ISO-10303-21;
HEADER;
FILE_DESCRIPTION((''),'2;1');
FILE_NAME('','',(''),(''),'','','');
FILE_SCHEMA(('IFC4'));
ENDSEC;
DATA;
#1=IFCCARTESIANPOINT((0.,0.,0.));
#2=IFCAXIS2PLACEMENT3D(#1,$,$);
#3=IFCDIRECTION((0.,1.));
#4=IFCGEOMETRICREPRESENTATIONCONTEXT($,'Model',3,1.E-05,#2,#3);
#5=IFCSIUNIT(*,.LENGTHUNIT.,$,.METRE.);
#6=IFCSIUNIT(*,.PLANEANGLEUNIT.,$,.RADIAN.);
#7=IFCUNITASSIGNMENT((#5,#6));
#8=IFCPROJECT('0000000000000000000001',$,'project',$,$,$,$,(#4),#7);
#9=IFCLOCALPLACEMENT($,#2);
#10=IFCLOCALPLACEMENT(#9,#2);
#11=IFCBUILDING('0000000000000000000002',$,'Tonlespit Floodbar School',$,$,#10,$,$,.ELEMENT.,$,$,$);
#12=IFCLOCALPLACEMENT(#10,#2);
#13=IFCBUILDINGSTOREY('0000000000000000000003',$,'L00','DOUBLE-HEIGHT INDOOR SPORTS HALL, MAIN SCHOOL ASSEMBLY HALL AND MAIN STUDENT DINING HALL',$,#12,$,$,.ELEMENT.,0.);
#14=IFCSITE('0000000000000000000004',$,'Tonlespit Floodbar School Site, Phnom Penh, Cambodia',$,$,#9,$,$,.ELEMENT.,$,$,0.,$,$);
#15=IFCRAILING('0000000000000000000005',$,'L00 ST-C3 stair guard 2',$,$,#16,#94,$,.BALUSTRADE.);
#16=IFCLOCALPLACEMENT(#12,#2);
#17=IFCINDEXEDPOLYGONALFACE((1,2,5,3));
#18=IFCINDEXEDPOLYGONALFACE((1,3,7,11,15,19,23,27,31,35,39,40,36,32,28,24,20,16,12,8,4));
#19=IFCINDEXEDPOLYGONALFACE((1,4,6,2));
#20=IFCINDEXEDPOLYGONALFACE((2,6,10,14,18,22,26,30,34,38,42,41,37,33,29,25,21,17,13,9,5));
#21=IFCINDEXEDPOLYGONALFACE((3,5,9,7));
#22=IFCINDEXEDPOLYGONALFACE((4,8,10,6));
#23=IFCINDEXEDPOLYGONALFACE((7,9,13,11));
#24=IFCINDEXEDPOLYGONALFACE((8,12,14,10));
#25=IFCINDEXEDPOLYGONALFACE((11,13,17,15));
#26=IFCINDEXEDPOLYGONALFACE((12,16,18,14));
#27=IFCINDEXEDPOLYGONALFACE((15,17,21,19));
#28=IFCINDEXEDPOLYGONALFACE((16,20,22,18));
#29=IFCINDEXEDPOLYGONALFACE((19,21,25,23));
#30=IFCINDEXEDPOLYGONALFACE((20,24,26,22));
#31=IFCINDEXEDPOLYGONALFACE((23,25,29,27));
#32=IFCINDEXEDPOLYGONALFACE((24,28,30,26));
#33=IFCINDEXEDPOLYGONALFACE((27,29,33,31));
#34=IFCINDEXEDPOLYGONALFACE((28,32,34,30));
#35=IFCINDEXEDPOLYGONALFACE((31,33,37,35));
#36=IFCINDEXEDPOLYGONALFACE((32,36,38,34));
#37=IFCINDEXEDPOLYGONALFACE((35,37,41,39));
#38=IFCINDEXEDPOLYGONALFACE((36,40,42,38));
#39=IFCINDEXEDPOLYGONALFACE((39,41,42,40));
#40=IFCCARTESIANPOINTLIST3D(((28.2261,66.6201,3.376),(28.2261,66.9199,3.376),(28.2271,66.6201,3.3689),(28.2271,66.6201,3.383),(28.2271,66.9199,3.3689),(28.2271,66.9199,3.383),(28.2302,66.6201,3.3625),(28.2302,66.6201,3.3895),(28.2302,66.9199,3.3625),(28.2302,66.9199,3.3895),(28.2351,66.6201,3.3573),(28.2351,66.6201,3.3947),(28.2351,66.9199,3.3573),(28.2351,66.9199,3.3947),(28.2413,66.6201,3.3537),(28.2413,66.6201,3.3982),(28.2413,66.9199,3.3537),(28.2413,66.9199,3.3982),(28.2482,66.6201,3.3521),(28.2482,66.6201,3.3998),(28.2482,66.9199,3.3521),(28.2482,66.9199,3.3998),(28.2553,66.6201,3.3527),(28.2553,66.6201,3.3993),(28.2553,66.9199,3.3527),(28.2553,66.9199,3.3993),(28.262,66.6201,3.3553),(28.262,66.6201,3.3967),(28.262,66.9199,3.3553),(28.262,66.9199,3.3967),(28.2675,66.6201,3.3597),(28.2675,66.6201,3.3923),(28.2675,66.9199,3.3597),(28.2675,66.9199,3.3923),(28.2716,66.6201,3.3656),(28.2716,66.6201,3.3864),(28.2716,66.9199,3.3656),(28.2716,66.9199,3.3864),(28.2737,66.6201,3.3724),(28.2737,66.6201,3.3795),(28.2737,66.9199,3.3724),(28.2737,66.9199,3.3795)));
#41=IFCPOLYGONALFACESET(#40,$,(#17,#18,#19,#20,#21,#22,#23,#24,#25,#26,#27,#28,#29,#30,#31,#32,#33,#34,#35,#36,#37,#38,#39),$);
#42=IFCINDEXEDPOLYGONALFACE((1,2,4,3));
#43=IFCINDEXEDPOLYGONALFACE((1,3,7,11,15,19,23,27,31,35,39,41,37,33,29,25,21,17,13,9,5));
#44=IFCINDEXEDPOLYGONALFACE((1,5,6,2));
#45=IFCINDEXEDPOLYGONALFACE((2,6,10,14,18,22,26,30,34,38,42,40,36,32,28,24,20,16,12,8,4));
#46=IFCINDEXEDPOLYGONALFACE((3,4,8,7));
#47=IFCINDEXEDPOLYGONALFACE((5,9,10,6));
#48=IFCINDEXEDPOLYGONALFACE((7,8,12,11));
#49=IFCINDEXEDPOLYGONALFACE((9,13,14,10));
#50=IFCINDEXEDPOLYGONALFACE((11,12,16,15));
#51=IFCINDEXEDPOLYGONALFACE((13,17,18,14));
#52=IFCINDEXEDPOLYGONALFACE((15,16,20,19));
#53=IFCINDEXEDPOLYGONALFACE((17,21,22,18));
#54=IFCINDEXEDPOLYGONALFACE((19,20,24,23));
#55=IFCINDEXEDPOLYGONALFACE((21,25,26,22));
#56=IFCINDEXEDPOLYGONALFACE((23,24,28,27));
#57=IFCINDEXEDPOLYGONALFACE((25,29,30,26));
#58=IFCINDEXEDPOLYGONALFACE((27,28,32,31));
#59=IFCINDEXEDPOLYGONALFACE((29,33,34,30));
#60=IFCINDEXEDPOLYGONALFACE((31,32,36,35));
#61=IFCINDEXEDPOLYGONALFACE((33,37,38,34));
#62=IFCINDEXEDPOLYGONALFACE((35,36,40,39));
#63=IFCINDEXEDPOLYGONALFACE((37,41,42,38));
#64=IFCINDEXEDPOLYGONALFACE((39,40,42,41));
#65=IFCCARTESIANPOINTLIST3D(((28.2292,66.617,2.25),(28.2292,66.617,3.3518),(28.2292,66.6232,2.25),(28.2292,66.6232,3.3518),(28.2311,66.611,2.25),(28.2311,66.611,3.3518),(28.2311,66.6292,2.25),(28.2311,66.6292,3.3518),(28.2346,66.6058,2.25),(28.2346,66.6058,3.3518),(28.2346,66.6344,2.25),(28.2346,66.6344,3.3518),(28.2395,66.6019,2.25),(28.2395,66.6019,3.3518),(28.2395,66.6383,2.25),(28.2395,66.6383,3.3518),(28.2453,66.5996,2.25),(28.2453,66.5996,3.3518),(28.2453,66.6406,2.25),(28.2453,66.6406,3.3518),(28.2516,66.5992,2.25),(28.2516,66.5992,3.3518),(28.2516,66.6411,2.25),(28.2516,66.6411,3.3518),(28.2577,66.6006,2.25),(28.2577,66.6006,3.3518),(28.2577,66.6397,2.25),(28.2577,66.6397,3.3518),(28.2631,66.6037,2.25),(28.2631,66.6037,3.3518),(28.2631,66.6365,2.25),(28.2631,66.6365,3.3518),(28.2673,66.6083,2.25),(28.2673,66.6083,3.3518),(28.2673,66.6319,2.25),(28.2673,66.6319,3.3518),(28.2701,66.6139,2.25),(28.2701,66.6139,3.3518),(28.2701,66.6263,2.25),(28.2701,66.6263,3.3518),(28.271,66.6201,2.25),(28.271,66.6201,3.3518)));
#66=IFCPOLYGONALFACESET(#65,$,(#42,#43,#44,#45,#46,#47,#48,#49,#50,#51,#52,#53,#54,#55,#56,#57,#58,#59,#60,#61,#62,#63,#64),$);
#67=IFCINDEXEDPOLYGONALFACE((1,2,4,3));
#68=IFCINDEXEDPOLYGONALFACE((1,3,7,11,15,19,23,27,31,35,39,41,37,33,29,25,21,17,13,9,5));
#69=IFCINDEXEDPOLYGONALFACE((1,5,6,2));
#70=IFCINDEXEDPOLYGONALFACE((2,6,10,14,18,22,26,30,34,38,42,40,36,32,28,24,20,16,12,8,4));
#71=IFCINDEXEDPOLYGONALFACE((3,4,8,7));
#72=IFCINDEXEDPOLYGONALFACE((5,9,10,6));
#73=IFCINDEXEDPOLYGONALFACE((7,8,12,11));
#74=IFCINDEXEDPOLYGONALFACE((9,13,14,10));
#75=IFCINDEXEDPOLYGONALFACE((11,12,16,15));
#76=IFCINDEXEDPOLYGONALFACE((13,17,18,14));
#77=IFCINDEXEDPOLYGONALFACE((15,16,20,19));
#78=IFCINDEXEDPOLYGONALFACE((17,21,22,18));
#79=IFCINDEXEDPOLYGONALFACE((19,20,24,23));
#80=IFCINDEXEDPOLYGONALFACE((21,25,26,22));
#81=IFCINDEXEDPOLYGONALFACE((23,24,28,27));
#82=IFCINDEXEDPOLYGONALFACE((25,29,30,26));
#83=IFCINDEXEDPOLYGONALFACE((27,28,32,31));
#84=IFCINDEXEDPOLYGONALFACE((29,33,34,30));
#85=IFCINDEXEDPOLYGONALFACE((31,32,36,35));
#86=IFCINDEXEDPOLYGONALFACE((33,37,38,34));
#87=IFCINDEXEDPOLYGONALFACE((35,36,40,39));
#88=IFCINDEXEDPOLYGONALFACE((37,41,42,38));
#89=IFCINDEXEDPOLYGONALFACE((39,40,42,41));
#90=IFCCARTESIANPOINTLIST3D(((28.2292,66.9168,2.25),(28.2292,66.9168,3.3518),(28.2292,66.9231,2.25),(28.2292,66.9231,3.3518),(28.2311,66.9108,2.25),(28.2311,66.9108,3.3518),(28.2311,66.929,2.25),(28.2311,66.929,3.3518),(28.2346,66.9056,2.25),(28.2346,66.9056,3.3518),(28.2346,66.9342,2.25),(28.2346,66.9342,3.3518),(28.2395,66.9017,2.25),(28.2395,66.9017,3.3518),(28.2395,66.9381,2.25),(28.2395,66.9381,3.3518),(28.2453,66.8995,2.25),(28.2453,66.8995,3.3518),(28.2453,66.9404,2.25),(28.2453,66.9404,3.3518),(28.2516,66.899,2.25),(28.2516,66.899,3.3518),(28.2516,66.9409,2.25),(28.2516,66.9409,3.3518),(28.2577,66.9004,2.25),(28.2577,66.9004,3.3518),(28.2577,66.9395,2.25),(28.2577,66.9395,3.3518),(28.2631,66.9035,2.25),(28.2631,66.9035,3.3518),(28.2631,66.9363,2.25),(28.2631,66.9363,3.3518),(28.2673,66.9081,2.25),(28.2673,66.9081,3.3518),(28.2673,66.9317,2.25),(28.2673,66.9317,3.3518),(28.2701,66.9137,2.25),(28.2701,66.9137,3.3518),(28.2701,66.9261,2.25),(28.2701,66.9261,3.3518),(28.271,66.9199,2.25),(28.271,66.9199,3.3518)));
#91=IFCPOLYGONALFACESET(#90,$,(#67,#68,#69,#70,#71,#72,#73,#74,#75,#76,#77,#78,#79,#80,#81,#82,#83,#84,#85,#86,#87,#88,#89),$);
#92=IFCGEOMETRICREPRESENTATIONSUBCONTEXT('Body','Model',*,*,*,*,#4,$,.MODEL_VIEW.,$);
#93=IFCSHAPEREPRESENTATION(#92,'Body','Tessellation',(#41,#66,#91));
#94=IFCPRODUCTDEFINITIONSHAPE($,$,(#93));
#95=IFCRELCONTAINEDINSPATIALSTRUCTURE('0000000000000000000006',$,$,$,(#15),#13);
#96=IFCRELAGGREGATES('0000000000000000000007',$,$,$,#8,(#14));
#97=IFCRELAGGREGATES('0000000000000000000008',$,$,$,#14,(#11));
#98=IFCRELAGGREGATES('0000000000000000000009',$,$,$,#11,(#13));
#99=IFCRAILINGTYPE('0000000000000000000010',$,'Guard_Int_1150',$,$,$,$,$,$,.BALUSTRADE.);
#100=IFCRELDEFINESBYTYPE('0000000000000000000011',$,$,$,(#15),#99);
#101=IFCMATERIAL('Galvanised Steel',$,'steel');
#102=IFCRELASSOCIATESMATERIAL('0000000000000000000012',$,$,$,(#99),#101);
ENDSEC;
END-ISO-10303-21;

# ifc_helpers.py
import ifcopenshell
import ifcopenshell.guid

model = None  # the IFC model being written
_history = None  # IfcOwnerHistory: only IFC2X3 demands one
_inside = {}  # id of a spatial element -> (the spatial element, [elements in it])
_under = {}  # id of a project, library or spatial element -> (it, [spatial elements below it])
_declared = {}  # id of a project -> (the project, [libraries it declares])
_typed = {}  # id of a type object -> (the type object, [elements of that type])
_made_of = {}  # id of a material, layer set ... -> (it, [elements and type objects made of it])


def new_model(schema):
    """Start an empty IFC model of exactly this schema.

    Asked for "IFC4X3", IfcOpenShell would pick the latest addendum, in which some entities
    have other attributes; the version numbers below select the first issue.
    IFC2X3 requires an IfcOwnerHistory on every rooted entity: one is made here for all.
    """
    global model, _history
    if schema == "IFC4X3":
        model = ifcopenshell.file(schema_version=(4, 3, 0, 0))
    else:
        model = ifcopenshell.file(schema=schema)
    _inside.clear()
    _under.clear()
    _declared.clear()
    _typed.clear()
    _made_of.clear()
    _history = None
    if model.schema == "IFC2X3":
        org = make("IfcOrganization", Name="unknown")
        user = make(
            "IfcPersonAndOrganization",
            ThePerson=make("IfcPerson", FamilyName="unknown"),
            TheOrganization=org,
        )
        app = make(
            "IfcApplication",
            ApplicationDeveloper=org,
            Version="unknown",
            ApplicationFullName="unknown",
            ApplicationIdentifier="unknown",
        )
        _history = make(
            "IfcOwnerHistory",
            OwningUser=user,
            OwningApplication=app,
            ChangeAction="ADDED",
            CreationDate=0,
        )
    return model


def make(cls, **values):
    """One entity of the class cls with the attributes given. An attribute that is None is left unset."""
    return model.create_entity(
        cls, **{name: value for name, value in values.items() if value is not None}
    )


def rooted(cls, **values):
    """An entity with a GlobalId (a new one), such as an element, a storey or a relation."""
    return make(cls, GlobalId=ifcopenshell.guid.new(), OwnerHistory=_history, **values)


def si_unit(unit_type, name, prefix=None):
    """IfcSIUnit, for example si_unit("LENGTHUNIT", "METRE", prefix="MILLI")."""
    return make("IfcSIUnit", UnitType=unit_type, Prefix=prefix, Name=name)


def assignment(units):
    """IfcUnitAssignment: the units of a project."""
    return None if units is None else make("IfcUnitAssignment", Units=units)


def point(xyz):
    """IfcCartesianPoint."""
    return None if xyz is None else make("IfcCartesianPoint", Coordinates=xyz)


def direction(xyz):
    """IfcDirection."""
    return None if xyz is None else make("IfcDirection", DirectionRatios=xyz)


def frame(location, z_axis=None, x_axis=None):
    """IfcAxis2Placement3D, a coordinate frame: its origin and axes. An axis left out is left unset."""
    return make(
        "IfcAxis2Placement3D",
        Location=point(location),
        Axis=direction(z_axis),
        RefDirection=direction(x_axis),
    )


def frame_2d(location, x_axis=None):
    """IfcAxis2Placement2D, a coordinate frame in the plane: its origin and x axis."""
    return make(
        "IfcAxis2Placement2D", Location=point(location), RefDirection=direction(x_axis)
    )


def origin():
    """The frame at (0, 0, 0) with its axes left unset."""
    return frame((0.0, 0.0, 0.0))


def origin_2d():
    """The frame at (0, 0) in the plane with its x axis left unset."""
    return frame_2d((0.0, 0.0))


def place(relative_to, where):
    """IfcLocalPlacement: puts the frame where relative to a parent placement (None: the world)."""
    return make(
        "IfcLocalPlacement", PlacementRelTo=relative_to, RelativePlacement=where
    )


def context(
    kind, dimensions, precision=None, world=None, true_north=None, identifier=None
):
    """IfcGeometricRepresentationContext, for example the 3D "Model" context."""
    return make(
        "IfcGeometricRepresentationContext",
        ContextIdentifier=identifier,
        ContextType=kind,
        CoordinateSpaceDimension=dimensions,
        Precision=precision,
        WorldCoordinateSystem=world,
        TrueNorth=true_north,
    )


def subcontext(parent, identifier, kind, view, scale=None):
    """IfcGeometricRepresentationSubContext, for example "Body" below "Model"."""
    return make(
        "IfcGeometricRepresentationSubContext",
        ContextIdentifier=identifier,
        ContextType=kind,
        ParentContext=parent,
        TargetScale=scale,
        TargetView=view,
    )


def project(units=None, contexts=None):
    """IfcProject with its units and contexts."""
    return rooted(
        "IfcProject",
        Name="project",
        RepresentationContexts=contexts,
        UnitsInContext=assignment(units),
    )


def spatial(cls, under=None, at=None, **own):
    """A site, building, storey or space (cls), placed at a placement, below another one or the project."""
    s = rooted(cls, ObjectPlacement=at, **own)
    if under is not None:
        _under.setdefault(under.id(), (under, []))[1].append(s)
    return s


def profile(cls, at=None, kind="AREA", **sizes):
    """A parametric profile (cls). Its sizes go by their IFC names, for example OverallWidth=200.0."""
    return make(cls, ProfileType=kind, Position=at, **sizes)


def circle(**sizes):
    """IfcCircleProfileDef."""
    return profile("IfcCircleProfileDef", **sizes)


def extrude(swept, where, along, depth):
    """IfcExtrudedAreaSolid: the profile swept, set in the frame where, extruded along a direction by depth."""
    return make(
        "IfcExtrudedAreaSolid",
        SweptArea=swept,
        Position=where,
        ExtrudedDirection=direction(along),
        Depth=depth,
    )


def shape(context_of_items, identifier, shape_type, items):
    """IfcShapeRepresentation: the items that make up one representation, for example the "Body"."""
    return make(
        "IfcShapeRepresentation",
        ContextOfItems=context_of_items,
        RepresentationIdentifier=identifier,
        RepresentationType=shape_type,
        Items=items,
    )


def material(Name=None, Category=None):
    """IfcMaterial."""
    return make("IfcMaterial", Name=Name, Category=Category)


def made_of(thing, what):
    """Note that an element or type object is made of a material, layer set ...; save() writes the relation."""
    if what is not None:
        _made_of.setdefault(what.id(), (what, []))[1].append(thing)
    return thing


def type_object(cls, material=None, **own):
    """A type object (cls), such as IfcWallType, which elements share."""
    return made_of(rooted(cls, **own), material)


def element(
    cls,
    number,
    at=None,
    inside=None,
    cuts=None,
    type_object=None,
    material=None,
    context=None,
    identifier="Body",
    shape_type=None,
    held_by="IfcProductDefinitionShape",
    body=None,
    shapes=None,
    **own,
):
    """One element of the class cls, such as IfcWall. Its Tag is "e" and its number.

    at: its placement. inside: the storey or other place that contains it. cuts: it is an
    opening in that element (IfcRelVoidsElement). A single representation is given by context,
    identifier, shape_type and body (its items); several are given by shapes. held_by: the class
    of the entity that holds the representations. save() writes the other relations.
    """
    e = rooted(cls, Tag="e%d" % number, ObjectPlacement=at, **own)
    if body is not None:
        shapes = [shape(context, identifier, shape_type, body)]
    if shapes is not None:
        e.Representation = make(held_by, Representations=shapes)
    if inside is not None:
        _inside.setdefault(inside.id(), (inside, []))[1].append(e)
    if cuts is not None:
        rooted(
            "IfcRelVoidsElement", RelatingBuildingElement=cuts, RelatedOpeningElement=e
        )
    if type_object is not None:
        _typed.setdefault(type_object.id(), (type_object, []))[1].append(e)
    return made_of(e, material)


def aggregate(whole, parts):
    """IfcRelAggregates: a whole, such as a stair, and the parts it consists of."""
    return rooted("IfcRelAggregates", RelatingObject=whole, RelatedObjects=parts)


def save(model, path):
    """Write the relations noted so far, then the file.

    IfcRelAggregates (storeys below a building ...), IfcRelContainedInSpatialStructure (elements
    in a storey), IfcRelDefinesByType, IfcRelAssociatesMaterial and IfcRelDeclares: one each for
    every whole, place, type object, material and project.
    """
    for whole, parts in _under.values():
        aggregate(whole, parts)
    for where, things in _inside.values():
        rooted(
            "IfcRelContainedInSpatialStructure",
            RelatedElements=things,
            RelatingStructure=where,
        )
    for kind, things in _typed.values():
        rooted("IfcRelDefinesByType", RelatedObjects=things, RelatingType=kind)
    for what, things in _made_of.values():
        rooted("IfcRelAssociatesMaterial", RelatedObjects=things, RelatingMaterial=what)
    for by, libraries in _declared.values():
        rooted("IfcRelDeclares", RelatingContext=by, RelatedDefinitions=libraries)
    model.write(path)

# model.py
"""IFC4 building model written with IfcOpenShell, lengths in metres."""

from ifc_helpers import new_model, si_unit, direction, frame, origin, origin_2d, place, context, subcontext, project, spatial, circle, extrude, material, type_object, element, save


model = new_model("IFC4")

# Units and contexts
model_context = context("Model", 3, precision=1e-05, world=origin(), true_north=direction((0.0, 1.0)))
body_context = subcontext(model_context, "Body", "Model", "MODEL_VIEW")
ifc_project = project(units=[si_unit("LENGTHUNIT", "METRE"), si_unit("PLANEANGLEUNIT", "RADIAN")], contexts=[model_context])

# Site, building, storey
site_placement = place(None, origin())
site = spatial("IfcSite", under=ifc_project, at=site_placement, Name="Tonlespit Floodbar School Site, Phnom Penh, Cambodia", CompositionType="ELEMENT", RefElevation=0.0)
building_placement = place(site_placement, origin())
building = spatial("IfcBuilding", under=site, at=building_placement, Name="Tonlespit Floodbar School", CompositionType="ELEMENT")
storey_placement = place(building_placement, origin())
storey = spatial("IfcBuildingStorey", under=building, at=storey_placement, Name="L00", Description="DOUBLE-HEIGHT INDOOR SPORTS HALL, MAIN SCHOOL ASSEMBLY HALL AND MAIN STUDENT DINING HALL", CompositionType="ELEMENT", Elevation=0.0)

# Railing
ifc_material_1 = material(Name="Galvanised Steel", Category="steel")
railing_type_1 = type_object("IfcRailingType", Name="Guard_Int_1150", PredefinedType="BALUSTRADE", material=ifc_material_1)
railing_1_placement = place(storey_placement, frame((28.25, 66.6201, 2.25)))
element("IfcRailing", 1, at=railing_1_placement, inside=storey, type_object=railing_type_1, Name="L00 ST-C3 stair guard 2", PredefinedType="BALUSTRADE", context=body_context, shape_type="SweptSolid", body=[
    extrude(circle(Radius=0.0239, at=origin_2d()), frame((0.0, 0.0, 1.126), z_axis=(0.0, 1.0, 0.0), x_axis=(-1.0, 0.0, 0.0)), (0.0, 0.0, 1.0), 0.2998),
    extrude(circle(Radius=0.021, at=origin_2d()), origin(), (0.0, 0.0, 1.0), 1.1018),
    extrude(circle(Radius=0.021, at=origin_2d()), frame((0.0, 0.2998, 0.0)), (0.0, 0.0, 1.0), 1.1018),
])

save(model, "model.ifc")
